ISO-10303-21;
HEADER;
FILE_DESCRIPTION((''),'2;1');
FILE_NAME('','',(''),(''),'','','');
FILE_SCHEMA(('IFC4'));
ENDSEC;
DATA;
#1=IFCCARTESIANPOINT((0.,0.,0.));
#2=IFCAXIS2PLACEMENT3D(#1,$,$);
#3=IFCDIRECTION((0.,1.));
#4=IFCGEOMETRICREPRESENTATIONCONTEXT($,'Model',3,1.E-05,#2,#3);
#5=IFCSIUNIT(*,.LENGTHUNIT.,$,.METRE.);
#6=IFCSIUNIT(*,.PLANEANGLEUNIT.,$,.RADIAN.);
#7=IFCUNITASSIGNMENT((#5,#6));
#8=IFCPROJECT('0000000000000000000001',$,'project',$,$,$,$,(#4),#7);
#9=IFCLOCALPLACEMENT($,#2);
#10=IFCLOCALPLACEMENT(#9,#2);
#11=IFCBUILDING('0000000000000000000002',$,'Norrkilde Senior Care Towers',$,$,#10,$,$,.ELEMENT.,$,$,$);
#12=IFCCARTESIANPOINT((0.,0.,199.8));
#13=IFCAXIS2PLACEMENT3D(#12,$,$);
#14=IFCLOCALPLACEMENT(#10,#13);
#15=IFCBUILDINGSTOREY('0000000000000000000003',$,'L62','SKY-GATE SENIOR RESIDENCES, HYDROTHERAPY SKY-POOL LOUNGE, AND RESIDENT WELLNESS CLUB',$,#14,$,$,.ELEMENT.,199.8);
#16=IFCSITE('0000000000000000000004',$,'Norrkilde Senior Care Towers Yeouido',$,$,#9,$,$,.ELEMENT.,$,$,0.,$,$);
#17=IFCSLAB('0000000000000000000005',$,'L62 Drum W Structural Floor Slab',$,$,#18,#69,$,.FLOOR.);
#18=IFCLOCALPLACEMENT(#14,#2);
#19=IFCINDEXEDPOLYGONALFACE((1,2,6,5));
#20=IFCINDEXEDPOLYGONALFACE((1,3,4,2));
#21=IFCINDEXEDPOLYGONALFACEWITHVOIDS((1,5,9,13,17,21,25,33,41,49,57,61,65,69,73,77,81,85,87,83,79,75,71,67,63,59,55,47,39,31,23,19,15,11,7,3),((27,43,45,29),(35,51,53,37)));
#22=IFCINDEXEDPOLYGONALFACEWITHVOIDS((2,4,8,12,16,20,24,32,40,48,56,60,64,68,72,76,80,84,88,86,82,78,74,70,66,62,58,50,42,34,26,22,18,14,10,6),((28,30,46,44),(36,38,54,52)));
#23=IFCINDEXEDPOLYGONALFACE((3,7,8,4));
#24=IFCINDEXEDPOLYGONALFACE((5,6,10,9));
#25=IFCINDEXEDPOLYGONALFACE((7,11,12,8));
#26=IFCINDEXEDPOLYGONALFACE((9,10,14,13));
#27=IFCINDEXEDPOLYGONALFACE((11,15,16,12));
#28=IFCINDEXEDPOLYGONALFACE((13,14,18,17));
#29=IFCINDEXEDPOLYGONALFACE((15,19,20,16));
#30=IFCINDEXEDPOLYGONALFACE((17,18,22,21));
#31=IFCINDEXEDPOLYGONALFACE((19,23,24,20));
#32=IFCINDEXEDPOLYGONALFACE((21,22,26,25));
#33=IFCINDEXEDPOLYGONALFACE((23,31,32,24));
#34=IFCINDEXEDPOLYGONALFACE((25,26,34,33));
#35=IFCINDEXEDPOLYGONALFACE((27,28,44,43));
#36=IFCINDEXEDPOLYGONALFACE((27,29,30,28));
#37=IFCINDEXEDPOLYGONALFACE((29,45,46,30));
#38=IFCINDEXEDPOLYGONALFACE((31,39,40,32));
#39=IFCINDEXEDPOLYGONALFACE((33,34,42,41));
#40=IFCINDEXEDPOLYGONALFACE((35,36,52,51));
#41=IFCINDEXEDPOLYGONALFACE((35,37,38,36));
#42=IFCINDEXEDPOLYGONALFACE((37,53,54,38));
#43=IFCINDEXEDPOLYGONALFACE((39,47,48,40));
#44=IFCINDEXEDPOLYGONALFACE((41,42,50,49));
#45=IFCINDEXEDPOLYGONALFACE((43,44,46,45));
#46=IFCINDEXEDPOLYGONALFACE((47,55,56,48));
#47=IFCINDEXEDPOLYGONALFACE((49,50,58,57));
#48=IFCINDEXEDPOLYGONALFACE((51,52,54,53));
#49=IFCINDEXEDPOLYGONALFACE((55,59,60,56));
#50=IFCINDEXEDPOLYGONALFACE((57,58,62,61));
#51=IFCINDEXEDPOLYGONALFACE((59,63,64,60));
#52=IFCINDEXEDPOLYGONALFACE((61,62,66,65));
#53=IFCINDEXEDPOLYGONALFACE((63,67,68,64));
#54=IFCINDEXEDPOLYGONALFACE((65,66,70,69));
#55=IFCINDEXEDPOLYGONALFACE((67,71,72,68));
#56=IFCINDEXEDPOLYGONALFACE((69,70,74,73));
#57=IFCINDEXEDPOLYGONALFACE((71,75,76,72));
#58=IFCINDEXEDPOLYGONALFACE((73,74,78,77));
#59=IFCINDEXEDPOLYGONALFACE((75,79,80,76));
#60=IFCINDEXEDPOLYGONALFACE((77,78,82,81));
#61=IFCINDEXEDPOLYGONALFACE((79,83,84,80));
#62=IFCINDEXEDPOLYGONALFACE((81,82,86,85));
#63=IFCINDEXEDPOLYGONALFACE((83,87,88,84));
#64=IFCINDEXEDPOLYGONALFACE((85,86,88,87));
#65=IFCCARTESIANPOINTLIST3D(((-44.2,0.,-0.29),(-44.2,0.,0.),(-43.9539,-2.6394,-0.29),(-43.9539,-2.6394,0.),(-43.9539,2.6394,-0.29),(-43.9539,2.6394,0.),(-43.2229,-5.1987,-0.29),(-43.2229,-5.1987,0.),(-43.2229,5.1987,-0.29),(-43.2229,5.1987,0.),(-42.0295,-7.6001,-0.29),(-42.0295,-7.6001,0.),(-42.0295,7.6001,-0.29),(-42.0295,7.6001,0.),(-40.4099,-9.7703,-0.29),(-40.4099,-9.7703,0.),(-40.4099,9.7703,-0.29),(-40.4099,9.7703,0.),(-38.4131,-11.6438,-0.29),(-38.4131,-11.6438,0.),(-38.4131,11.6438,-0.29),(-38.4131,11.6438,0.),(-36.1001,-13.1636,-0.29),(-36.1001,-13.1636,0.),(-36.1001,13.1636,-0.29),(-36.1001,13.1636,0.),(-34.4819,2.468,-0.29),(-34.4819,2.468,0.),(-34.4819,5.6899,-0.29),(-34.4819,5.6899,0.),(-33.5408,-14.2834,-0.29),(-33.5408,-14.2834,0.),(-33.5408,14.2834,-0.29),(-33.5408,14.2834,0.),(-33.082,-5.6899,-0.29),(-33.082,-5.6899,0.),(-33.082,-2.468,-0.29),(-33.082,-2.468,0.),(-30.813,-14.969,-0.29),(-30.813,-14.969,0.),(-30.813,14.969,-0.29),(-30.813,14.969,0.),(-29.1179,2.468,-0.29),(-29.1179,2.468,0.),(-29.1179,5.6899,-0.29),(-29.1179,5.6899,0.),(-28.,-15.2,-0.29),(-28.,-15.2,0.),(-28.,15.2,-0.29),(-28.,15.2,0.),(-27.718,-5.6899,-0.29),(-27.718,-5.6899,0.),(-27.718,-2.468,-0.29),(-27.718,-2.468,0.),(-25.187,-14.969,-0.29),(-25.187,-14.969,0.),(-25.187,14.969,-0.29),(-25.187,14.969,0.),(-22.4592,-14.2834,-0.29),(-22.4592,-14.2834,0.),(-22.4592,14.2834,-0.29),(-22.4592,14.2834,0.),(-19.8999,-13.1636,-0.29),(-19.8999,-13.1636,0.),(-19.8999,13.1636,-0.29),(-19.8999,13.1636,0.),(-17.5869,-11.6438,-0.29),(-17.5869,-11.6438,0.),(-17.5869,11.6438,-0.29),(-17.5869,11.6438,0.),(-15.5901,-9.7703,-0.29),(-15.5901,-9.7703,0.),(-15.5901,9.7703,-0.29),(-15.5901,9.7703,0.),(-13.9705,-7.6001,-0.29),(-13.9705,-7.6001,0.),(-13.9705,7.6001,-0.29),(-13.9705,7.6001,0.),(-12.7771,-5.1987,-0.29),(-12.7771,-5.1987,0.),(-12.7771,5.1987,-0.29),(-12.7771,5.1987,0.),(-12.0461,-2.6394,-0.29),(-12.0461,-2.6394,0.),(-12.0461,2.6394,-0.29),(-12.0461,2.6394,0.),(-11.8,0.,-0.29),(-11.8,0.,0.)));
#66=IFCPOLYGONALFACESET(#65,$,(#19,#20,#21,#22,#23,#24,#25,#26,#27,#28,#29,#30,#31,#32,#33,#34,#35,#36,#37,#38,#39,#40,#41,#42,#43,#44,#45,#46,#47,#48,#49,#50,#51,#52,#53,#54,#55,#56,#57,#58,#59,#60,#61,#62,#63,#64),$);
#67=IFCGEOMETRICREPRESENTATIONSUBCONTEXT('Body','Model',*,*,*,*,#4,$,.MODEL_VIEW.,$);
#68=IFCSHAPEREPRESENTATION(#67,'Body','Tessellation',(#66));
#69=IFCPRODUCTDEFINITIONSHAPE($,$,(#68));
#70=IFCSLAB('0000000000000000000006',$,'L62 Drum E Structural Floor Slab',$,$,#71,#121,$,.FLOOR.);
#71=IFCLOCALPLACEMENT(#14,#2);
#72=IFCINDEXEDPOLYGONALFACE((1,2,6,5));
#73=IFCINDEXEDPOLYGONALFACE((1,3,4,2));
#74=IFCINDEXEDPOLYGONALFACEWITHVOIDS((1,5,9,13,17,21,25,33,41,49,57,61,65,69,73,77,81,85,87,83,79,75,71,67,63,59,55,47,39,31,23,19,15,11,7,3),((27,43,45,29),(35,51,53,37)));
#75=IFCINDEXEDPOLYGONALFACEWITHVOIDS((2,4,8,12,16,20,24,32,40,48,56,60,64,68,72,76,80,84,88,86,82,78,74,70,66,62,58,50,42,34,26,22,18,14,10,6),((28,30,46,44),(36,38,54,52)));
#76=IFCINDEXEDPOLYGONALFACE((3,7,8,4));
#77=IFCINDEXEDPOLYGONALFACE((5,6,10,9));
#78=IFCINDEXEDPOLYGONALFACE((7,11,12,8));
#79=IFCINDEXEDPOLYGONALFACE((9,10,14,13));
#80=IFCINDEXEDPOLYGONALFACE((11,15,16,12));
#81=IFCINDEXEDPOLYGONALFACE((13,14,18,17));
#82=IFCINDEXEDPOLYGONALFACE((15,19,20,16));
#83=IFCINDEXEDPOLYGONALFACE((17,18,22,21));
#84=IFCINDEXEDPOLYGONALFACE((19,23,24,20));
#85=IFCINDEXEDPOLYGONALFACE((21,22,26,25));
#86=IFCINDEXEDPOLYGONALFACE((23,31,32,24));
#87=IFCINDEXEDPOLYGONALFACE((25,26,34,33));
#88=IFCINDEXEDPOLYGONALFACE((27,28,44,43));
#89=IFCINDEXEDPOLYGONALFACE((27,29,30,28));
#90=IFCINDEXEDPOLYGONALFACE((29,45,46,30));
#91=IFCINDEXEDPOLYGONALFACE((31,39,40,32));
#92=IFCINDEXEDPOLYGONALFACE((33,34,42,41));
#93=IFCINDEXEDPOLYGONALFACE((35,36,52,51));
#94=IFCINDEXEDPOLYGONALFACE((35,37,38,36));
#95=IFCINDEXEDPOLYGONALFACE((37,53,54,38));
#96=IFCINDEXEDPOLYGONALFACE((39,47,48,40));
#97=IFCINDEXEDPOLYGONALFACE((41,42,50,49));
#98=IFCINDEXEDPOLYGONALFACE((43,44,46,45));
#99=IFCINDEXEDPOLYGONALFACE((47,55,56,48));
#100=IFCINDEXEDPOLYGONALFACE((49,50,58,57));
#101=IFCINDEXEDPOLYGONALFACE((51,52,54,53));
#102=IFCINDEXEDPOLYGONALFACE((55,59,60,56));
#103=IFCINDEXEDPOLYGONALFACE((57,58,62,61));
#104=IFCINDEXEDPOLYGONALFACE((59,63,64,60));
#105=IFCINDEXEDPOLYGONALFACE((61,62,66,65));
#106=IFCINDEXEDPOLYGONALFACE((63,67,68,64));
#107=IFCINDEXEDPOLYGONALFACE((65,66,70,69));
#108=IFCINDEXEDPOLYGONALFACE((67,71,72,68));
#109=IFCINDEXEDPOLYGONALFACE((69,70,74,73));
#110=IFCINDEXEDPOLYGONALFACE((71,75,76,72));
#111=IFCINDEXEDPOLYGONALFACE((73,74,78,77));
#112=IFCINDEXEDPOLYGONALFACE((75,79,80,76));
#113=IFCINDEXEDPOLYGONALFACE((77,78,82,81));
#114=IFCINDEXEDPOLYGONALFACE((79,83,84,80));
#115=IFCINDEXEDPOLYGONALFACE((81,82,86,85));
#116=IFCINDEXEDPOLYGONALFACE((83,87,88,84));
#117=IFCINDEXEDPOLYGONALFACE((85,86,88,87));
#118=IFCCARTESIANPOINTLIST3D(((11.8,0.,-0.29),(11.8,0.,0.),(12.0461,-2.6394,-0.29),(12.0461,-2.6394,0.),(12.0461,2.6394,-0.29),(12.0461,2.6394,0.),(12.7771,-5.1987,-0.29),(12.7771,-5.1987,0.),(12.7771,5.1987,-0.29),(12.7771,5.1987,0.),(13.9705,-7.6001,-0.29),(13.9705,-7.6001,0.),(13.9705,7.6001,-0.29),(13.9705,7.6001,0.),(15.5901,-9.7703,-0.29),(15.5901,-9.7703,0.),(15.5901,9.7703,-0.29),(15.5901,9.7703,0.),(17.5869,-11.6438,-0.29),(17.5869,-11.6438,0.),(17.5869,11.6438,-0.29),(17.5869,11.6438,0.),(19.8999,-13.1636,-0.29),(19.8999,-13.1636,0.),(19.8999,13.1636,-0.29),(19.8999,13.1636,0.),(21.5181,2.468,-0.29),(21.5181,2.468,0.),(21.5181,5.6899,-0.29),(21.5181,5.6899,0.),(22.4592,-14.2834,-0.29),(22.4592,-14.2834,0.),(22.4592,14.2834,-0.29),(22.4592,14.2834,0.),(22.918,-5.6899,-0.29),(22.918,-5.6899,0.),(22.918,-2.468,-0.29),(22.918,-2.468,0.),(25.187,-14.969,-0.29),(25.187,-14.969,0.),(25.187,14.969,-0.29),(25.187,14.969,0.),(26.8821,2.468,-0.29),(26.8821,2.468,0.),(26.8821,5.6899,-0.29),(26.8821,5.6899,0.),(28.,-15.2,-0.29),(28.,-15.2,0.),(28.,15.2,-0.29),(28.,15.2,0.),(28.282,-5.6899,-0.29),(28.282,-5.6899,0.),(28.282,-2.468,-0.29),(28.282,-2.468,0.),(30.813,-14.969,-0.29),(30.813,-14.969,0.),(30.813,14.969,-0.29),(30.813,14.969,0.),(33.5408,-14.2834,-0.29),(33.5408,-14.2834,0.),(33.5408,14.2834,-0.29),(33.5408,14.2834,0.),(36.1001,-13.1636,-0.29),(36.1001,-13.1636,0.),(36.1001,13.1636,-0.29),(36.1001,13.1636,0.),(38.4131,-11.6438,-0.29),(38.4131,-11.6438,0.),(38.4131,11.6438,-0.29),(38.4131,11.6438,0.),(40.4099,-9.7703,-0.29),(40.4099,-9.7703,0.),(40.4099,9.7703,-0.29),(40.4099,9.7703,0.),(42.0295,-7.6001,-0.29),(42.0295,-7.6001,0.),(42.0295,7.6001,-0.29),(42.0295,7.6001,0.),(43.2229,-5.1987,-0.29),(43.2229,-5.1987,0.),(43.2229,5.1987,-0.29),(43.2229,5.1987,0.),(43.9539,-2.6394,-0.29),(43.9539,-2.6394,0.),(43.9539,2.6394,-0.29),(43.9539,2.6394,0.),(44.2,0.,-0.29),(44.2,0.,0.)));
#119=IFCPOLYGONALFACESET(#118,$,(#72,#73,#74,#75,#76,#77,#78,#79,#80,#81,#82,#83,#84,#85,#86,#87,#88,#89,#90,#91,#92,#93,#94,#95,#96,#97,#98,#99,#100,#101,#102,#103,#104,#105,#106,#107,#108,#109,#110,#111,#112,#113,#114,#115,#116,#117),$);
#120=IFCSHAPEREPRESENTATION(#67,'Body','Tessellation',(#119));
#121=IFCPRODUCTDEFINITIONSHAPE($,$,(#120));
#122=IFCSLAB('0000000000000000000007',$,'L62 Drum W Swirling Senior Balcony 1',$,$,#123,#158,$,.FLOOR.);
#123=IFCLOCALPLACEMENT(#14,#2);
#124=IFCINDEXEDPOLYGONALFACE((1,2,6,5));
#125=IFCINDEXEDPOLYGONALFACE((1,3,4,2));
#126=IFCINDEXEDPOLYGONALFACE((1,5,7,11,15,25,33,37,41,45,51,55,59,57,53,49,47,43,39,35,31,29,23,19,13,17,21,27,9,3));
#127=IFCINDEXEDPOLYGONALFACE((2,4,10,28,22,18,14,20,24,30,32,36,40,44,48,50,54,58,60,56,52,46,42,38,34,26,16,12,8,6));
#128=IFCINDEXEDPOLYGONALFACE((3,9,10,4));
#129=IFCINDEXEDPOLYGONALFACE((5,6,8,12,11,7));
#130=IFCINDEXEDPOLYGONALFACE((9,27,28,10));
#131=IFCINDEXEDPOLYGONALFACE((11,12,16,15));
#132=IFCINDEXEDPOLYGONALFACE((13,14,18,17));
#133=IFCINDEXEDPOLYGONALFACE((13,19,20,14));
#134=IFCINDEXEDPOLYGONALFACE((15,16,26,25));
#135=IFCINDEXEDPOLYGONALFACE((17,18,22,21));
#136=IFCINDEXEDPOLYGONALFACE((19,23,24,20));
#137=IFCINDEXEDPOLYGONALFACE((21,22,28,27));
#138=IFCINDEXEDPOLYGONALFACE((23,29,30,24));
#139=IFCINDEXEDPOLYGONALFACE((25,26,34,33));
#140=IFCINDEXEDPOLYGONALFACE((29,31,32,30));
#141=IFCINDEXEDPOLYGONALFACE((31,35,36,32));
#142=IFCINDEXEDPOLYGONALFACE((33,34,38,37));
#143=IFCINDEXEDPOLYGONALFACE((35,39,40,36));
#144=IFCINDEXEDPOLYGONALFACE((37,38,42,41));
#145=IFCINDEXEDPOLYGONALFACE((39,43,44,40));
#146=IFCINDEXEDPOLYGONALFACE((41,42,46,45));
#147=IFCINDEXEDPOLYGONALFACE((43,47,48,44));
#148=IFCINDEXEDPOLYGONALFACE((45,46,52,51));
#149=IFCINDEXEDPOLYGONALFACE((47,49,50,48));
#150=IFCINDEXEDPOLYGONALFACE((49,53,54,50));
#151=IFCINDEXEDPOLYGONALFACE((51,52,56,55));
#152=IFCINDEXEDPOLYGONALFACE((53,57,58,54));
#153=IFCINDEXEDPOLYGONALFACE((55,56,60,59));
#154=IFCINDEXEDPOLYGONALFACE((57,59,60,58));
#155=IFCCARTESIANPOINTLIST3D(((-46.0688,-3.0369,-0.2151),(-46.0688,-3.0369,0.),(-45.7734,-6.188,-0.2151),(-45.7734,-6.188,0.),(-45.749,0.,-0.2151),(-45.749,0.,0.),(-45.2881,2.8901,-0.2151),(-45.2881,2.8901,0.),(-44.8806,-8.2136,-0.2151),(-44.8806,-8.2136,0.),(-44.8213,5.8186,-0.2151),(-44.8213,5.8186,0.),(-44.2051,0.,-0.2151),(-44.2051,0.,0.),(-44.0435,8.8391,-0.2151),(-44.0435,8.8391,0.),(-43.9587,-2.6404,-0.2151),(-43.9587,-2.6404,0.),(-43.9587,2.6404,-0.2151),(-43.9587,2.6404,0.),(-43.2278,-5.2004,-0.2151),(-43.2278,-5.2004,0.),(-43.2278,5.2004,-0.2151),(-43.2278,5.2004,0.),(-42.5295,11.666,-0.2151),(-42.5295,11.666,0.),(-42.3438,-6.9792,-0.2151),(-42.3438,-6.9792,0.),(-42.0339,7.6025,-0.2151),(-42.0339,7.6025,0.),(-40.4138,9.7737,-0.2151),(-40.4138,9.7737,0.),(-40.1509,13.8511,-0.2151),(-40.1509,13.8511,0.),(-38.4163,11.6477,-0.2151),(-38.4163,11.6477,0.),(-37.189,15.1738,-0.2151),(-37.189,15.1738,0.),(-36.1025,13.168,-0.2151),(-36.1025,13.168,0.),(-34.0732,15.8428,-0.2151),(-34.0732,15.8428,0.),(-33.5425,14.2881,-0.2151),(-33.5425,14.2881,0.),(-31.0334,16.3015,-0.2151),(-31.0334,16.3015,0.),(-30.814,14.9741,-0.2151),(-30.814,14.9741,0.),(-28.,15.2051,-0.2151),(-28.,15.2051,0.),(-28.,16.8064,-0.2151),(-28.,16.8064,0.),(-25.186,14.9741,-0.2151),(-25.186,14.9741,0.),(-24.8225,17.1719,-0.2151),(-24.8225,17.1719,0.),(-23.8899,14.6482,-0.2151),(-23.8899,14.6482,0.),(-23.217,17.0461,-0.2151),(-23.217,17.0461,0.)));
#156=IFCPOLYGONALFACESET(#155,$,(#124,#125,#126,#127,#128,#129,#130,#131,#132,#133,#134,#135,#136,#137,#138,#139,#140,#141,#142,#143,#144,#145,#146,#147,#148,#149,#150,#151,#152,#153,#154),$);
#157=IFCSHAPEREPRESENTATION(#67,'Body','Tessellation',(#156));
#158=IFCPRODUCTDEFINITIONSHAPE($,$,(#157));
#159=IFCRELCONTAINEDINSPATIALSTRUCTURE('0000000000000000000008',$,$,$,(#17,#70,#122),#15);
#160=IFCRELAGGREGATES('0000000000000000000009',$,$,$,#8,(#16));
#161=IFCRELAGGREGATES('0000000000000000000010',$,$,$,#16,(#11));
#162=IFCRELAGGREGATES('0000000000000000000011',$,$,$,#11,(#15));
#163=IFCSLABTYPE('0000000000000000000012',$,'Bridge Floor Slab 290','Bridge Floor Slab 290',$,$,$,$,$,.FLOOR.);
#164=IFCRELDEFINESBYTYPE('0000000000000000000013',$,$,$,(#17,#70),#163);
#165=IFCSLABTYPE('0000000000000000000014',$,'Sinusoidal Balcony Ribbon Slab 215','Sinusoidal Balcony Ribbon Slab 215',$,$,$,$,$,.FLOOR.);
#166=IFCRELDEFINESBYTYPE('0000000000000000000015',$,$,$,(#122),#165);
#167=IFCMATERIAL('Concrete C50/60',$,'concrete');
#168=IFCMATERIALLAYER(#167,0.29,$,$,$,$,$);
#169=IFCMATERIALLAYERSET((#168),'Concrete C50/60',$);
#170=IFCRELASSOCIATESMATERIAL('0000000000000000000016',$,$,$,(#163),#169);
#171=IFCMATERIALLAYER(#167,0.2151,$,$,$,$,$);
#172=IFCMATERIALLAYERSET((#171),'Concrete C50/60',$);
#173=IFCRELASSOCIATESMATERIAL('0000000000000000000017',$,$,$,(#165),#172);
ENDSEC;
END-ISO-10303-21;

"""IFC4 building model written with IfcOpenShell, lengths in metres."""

from ifc_helpers import new_model, si_unit, direction, frame, origin, place, context, subcontext, project, spatial, polyline, outline, extrude, material, layer, layer_set, type_object, element, save


model = new_model("IFC4")

# Units and contexts
model_context = context("Model", 3, precision=1e-05, world=origin(), true_north=direction((0.0, 1.0)))
body_context = subcontext(model_context, "Body", "Model", "MODEL_VIEW")
ifc_project = project(units=[si_unit("LENGTHUNIT", "METRE"), si_unit("PLANEANGLEUNIT", "RADIAN")], contexts=[model_context])

# Site, building, storey
site_placement = place(None, origin())
site = spatial("IfcSite", under=ifc_project, at=site_placement, Name="Norrkilde Senior Care Towers Yeouido", CompositionType="ELEMENT", RefElevation=0.0)
building_placement = place(site_placement, origin())
building = spatial("IfcBuilding", under=site, at=building_placement, Name="Norrkilde Senior Care Towers", CompositionType="ELEMENT")
storey_placement = place(building_placement, frame((0.0, 0.0, 199.8)))
storey = spatial("IfcBuildingStorey", under=building, at=storey_placement, Name="L62", Description="SKY-GATE SENIOR RESIDENCES, HYDROTHERAPY SKY-POOL LOUNGE, AND RESIDENT WELLNESS CLUB", CompositionType="ELEMENT", Elevation=199.8)

# Slabs
ifc_material_1 = material(Name="Concrete C50/60", Category="concrete")
ifc_layer_1 = layer(ifc_material_1, 0.29)
ifc_layer_set_1 = layer_set([ifc_layer_1], Name="Concrete C50/60")
slab_type_1 = type_object("IfcSlabType", Name="Bridge Floor Slab 290", Description="Bridge Floor Slab 290", PredefinedType="FLOOR", material=ifc_layer_set_1)
slab_1_placement = place(storey_placement, frame((0.0, 0.0, -0.29)))
element("IfcSlab", 1, at=slab_1_placement, inside=storey, type_object=slab_type_1, Name="L62 Drum W Structural Floor Slab", PredefinedType="FLOOR", context=body_context, shape_type="SweptSolid", body=[
    extrude(outline(polyline([(-12.7771, -5.1987), (-13.9705, -7.6001), (-15.5901, -9.7703), (-17.5869, -11.6438), (-19.8999, -13.1636), (-22.4592, -14.2834), (-25.187, -14.969), (-28.0, -15.2), (-30.813, -14.969), (-33.5408, -14.2834), (-36.1001, -13.1636), (-38.4131, -11.6438), (-40.4099, -9.7703), (-42.0295, -7.6001), (-43.2229, -5.1987), (-43.9539, -2.6394), (-44.2, 0.0), (-43.9539, 2.6394), (-43.2229, 5.1987), (-42.0295, 7.6001), (-40.4099, 9.7703), (-38.4131, 11.6438), (-36.1001, 13.1636), (-33.5408, 14.2834), (-30.813, 14.969), (-28.0, 15.2), (-25.187, 14.969), (-22.4592, 14.2834), (-19.8999, 13.1636), (-17.5869, 11.6438), (-15.5901, 9.7703), (-13.9705, 7.6001), (-12.7771, 5.1987), (-12.0461, 2.6394), (-11.8, 0.0), (-12.0461, -2.6394), (-12.7771, -5.1987)]), holes=[polyline([(-34.4819, 2.468), (-29.1179, 2.468), (-29.1179, 5.6899), (-34.4819, 5.6899), (-34.4819, 2.468)]), polyline([(-27.718, -5.6899), (-27.718, -2.468), (-33.082, -2.468), (-33.082, -5.6899), (-27.718, -5.6899)])]), origin(), (0.0, 0.0, 1.0), 0.29),
])
slab_2_placement = place(storey_placement, frame((0.0, 0.0, -0.29)))
element("IfcSlab", 2, at=slab_2_placement, inside=storey, type_object=slab_type_1, Name="L62 Drum E Structural Floor Slab", PredefinedType="FLOOR", context=body_context, shape_type="SweptSolid", body=[
    extrude(outline(polyline([(43.2229, -5.1987), (42.0295, -7.6001), (40.4099, -9.7703), (38.4131, -11.6438), (36.1001, -13.1636), (33.5408, -14.2834), (30.813, -14.969), (28.0, -15.2), (25.187, -14.969), (22.4592, -14.2834), (19.8999, -13.1636), (17.5869, -11.6438), (15.5901, -9.7703), (13.9705, -7.6001), (12.7771, -5.1987), (12.0461, -2.6394), (11.8, 0.0), (12.0461, 2.6394), (12.7771, 5.1987), (13.9705, 7.6001), (15.5901, 9.7703), (17.5869, 11.6438), (19.8999, 13.1636), (22.4592, 14.2834), (25.187, 14.969), (28.0, 15.2), (30.813, 14.969), (33.5408, 14.2834), (36.1001, 13.1636), (38.4131, 11.6438), (40.4099, 9.7703), (42.0295, 7.6001), (43.2229, 5.1987), (43.9539, 2.6394), (44.2, 0.0), (43.9539, -2.6394), (43.2229, -5.1987)]), holes=[polyline([(21.5181, 2.468), (26.8821, 2.468), (26.8821, 5.6899), (21.5181, 5.6899), (21.5181, 2.468)]), polyline([(28.282, -5.6899), (28.282, -2.468), (22.918, -2.468), (22.918, -5.6899), (28.282, -5.6899)])]), origin(), (0.0, 0.0, 1.0), 0.29),
])
ifc_layer_2 = layer(ifc_material_1, 0.2151)
ifc_layer_set_2 = layer_set([ifc_layer_2], Name="Concrete C50/60")
slab_type_2 = type_object("IfcSlabType", Name="Sinusoidal Balcony Ribbon Slab 215", Description="Sinusoidal Balcony Ribbon Slab 215", PredefinedType="FLOOR", material=ifc_layer_set_2)
slab_3_placement = place(storey_placement, frame((0.0, 0.0, -0.2151)))
element("IfcSlab", 3, at=slab_3_placement, inside=storey, type_object=slab_type_2, Name="L62 Drum W Swirling Senior Balcony 1", PredefinedType="FLOOR", context=body_context, shape_type="SweptSolid", body=[
    extrude(outline(polyline([(-45.749, 0.0), (-45.2881, 2.8901), (-44.8213, 5.8186), (-44.0435, 8.8391), (-42.5295, 11.666), (-40.1509, 13.8511), (-37.189, 15.1738), (-34.0732, 15.8428), (-31.0334, 16.3015), (-28.0, 16.8064), (-24.8225, 17.1719), (-23.217, 17.0461), (-23.8899, 14.6482), (-25.186, 14.9741), (-28.0, 15.2051), (-30.814, 14.9741), (-33.5425, 14.2881), (-36.1025, 13.168), (-38.4163, 11.6477), (-40.4138, 9.7737), (-42.0339, 7.6025), (-43.2278, 5.2004), (-43.9587, 2.6404), (-44.2051, 0.0), (-43.9587, -2.6404), (-43.2278, -5.2004), (-42.3438, -6.9792), (-44.8806, -8.2136), (-45.7734, -6.188), (-46.0688, -3.0369), (-45.749, 0.0)])), origin(), (0.0, 0.0, 1.0), 0.2151),
])

save(model, "model.ifc")
